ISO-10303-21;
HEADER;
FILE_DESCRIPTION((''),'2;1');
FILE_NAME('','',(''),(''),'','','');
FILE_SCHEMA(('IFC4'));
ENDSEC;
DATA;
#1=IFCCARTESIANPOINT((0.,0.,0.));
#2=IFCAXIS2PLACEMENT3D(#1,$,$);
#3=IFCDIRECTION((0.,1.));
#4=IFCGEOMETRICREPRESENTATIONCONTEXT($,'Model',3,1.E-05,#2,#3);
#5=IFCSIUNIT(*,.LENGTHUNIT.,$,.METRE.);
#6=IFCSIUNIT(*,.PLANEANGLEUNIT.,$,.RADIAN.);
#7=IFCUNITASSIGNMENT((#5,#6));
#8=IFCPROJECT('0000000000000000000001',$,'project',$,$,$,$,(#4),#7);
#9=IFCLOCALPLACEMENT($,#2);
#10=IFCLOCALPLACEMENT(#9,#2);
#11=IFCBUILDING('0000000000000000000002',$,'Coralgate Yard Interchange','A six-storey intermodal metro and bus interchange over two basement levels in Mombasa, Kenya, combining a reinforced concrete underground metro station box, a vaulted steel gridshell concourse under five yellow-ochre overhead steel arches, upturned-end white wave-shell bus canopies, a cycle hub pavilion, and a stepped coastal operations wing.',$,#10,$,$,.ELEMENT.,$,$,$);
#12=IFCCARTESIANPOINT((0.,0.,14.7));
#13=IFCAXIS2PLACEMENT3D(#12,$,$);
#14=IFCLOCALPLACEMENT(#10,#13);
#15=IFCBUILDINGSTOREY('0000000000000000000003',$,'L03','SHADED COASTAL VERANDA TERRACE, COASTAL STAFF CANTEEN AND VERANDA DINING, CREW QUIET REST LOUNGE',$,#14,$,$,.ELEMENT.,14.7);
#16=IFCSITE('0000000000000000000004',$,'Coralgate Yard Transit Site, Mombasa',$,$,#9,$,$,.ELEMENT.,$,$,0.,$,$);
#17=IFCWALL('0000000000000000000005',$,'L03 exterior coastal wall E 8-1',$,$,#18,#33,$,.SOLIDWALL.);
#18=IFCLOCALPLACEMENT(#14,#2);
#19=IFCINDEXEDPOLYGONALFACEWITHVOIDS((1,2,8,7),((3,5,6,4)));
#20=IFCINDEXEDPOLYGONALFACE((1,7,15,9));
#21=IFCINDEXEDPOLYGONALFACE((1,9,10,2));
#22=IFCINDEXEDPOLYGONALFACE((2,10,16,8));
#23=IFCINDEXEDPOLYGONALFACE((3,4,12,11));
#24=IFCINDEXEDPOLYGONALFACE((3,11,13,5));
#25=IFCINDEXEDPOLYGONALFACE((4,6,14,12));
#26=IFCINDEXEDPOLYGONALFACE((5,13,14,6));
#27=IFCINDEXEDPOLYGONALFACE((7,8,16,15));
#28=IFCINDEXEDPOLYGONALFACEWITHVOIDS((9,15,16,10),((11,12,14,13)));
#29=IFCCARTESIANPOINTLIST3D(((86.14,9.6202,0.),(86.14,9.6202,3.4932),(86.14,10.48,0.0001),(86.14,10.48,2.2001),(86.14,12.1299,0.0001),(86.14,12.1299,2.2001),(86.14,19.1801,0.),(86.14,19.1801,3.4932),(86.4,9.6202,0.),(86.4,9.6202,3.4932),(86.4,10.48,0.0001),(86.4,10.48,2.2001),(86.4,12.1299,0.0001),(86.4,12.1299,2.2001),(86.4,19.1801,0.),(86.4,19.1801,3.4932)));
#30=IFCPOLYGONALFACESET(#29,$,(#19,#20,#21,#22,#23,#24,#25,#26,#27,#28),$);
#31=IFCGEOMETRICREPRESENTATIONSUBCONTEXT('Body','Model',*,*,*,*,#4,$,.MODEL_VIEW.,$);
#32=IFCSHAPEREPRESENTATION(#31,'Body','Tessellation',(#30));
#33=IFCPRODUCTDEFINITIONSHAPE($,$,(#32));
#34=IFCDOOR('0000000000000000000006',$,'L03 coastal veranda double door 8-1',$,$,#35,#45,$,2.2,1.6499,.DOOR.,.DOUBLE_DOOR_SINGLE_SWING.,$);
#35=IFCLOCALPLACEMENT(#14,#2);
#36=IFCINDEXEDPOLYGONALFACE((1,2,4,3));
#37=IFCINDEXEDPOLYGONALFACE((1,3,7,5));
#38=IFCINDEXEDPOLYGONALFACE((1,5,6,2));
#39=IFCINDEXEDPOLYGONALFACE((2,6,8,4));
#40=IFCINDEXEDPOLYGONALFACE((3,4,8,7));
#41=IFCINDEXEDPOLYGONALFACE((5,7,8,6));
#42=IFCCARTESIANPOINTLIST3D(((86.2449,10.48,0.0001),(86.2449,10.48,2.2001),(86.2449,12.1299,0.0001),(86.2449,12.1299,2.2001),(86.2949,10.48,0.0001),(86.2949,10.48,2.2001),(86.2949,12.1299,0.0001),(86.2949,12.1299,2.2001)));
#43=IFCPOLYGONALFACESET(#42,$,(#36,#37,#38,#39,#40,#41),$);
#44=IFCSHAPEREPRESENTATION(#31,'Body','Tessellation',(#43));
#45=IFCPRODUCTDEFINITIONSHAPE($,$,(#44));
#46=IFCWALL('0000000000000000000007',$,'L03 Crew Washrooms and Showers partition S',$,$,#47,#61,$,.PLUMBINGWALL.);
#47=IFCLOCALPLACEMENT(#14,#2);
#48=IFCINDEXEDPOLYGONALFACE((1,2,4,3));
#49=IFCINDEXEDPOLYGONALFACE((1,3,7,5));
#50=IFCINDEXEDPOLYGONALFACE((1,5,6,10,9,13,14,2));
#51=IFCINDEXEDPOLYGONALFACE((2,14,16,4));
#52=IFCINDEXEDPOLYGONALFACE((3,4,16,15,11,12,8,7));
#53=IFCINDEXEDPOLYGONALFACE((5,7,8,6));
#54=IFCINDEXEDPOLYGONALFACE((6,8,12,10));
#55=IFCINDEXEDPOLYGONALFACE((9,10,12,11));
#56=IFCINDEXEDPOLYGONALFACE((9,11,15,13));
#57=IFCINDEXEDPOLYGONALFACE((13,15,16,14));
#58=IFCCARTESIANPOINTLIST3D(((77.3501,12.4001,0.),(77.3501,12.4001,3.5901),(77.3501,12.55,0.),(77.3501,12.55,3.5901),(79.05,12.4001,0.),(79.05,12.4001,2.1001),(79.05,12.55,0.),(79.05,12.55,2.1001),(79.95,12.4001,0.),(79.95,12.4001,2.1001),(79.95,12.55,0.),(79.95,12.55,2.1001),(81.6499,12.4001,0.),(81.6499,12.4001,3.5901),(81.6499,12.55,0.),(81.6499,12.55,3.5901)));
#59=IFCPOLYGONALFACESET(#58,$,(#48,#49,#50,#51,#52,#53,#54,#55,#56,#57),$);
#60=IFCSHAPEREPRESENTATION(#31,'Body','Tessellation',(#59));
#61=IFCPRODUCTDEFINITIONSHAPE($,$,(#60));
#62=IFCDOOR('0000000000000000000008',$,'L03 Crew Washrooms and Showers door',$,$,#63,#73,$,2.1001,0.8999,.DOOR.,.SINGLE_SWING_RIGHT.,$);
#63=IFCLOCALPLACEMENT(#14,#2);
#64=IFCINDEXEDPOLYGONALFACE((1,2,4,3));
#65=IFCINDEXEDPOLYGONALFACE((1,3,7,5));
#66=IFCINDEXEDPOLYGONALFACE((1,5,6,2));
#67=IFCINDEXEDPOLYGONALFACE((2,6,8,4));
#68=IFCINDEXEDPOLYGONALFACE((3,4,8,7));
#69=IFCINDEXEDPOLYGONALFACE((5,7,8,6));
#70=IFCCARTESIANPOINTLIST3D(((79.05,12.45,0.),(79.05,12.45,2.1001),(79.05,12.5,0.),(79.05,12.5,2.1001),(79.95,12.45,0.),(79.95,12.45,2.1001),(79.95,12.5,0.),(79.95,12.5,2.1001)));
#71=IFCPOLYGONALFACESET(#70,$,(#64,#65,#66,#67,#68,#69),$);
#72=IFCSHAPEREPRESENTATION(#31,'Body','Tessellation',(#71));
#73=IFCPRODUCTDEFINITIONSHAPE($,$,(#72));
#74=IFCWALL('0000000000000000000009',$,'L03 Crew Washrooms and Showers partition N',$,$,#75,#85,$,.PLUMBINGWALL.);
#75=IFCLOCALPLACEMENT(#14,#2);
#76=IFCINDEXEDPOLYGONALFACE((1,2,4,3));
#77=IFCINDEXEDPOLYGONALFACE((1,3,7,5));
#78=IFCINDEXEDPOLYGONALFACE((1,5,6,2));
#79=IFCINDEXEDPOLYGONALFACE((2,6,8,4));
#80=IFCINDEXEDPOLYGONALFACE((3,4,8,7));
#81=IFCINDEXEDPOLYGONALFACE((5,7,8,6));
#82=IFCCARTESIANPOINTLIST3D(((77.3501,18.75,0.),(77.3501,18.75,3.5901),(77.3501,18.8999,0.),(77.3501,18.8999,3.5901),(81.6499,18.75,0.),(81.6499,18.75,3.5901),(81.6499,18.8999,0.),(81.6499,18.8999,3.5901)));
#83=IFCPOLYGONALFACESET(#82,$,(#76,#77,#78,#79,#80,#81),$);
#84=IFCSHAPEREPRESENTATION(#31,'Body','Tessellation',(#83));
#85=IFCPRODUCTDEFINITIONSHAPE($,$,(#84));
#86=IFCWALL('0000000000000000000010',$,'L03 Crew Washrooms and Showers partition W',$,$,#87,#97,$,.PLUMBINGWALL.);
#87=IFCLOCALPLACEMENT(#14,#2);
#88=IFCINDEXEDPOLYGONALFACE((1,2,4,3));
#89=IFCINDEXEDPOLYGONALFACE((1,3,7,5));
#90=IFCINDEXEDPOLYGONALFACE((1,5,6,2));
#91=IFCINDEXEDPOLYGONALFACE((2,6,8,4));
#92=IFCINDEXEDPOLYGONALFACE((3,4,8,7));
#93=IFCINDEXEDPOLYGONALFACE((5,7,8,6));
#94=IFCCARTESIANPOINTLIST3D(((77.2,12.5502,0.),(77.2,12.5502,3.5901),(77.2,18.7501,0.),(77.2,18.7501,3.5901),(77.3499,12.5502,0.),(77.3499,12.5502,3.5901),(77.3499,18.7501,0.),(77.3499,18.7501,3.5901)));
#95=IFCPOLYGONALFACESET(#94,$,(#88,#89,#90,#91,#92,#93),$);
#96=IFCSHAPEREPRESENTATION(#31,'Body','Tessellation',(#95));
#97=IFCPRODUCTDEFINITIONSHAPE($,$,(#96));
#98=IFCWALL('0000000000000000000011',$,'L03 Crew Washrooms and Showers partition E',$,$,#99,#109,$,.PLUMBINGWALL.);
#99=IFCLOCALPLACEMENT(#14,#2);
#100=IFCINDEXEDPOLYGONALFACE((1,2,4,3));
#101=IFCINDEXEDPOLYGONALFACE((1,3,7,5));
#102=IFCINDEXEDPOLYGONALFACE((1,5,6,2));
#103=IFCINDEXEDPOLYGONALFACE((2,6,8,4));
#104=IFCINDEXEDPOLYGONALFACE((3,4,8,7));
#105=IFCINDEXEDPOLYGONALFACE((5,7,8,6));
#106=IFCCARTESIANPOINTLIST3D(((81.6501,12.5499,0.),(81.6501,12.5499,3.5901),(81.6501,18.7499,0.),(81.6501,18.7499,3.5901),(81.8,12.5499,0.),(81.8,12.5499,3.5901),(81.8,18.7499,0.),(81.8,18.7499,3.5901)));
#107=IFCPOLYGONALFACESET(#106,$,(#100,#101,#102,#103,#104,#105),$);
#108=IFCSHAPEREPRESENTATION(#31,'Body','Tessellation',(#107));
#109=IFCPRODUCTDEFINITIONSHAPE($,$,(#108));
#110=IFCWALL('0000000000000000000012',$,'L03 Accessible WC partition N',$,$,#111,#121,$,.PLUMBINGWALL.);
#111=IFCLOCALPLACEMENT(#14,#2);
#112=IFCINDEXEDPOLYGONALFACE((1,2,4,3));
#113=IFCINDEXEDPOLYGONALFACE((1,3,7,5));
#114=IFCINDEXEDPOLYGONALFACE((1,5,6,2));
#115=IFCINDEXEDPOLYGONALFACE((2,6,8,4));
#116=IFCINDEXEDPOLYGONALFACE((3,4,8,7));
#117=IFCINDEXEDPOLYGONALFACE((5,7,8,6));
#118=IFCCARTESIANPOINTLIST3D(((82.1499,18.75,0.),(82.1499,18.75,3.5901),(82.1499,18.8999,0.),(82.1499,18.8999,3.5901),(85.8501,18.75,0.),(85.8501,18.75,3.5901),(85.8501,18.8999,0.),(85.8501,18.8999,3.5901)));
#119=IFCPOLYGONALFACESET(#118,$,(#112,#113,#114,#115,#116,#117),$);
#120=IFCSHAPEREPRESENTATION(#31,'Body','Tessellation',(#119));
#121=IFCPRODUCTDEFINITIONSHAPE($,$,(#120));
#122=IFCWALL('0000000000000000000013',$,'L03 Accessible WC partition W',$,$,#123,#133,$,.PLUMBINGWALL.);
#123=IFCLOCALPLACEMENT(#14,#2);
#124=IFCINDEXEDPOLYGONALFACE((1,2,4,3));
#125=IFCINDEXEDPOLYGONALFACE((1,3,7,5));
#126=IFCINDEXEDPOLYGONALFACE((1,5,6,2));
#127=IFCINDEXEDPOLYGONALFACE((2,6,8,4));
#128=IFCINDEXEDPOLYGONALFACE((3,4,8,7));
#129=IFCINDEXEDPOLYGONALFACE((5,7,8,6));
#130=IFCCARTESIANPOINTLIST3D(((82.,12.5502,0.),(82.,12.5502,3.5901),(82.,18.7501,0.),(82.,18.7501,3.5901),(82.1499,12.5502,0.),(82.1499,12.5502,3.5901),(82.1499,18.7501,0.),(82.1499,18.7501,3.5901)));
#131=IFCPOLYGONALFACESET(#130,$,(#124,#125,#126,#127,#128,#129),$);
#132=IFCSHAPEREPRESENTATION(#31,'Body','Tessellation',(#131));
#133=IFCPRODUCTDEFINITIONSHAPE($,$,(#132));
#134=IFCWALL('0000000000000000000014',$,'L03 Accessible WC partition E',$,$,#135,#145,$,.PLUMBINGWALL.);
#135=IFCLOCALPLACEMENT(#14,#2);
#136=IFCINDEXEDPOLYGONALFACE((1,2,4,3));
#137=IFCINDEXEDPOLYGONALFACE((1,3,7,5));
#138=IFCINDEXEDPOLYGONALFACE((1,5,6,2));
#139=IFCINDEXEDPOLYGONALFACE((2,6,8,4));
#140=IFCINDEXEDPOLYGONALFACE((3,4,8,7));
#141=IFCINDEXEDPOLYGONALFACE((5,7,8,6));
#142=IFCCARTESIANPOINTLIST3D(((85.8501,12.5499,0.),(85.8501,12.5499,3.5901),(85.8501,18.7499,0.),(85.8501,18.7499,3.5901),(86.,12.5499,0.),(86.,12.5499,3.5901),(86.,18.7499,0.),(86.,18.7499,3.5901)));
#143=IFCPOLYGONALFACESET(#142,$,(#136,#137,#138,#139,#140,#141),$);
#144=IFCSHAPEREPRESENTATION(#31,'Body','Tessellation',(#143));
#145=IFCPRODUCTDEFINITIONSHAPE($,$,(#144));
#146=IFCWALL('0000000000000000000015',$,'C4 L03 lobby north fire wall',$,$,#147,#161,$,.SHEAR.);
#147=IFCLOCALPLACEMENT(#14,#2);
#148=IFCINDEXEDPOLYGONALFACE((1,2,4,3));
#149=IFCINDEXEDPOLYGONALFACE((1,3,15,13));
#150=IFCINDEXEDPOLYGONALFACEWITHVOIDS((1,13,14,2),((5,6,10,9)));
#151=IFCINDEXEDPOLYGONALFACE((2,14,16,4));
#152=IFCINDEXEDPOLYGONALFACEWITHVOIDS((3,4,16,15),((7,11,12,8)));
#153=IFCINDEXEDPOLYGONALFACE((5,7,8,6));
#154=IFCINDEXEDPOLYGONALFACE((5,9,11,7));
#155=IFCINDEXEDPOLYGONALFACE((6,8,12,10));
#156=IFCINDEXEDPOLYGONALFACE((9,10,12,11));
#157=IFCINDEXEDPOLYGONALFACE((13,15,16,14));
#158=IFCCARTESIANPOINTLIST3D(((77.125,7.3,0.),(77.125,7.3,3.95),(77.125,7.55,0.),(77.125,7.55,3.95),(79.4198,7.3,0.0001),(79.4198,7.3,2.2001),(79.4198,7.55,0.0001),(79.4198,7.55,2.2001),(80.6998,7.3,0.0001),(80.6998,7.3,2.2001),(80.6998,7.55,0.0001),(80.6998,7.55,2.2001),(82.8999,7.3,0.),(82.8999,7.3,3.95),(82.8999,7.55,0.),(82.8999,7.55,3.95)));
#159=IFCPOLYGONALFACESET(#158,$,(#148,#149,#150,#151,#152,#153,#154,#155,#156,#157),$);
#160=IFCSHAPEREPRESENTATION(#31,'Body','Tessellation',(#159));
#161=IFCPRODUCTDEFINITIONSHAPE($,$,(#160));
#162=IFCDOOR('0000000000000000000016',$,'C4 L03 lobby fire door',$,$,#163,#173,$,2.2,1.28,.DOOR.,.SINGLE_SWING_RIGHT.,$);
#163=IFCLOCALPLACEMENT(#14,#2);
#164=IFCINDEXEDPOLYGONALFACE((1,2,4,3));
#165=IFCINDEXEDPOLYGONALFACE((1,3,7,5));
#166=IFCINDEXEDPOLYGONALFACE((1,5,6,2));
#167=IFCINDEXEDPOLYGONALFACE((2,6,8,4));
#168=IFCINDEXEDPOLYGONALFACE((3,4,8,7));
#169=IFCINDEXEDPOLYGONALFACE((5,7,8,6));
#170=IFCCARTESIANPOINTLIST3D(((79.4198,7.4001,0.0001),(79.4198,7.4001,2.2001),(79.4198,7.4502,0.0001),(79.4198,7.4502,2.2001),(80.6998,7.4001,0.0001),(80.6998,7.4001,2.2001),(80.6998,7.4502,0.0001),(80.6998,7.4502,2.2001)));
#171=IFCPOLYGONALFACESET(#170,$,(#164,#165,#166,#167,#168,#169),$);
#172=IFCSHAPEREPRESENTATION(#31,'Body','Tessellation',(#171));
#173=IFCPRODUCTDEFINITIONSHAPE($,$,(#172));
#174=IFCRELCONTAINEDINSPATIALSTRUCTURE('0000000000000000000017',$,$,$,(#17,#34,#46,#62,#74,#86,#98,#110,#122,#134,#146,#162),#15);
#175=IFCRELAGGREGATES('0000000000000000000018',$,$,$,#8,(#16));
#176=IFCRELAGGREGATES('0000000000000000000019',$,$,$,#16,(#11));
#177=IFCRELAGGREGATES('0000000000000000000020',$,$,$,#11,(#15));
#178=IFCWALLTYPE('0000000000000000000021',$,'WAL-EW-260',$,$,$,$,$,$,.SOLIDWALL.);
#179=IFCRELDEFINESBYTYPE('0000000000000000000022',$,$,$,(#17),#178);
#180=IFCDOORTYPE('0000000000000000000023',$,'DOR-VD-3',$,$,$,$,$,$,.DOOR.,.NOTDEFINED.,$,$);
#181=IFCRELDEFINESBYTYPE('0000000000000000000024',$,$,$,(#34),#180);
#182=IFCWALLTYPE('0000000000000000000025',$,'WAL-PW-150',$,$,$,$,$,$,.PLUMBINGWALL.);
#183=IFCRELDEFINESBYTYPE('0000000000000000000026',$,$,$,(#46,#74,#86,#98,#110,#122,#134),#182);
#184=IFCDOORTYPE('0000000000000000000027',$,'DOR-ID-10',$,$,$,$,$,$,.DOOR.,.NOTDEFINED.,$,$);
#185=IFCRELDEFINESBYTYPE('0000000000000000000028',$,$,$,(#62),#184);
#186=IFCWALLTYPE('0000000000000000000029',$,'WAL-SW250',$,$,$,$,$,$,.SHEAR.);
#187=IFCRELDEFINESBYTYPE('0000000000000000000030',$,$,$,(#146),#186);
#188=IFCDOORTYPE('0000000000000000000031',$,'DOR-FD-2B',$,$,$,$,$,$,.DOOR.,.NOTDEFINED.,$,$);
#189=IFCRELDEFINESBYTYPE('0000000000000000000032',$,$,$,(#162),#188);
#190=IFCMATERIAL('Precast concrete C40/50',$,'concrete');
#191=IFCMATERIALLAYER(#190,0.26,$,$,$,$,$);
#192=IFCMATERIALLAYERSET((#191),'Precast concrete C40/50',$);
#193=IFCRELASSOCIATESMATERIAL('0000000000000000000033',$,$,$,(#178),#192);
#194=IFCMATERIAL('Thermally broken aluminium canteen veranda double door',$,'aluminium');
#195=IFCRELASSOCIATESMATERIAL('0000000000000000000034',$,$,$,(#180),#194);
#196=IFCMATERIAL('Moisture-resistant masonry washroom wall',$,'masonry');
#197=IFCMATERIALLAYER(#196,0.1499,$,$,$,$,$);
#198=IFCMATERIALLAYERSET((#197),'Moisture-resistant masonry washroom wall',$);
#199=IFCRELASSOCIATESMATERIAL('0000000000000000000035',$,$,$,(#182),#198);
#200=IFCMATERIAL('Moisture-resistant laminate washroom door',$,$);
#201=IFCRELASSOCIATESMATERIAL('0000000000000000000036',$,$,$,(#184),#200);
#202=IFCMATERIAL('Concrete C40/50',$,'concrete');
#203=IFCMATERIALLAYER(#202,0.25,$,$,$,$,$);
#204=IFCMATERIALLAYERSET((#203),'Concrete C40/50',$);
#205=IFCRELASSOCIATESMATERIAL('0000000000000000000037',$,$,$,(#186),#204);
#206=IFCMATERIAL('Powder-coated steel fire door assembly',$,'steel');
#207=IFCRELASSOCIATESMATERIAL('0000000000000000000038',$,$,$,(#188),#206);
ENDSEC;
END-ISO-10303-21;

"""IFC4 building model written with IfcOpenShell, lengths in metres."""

from ifc_helpers import new_model, si_unit, direction, frame, frame_2d, origin, place, context, subcontext, project, spatial, rectangle, extrude, material, layer, layer_set, type_object, element, fill, save


model = new_model("IFC4")

# Units and contexts
model_context = context("Model", 3, precision=1e-05, world=origin(), true_north=direction((0.0, 1.0)))
body_context = subcontext(model_context, "Body", "Model", "MODEL_VIEW")
ifc_project = project(units=[si_unit("LENGTHUNIT", "METRE"), si_unit("PLANEANGLEUNIT", "RADIAN")], contexts=[model_context])

# Site, building, storey
site_placement = place(None, origin())
site = spatial("IfcSite", under=ifc_project, at=site_placement, Name="Coralgate Yard Transit Site, Mombasa", CompositionType="ELEMENT", RefElevation=0.0)
building_placement = place(site_placement, origin())
building = spatial("IfcBuilding", under=site, at=building_placement, Name="Coralgate Yard Interchange", Description="A six-storey intermodal metro and bus interchange over two basement levels in Mombasa, Kenya, combining a reinforced concrete underground metro station box, a vaulted steel gridshell concourse under five yellow-ochre overhead steel arches, upturned-end white wave-shell bus canopies, a cycle hub pavilion, and a stepped coastal operations wing.", CompositionType="ELEMENT")
storey_placement = place(building_placement, frame((0.0, 0.0, 14.7)))
storey = spatial("IfcBuildingStorey", under=building, at=storey_placement, Name="L03", Description="SHADED COASTAL VERANDA TERRACE, COASTAL STAFF CANTEEN AND VERANDA DINING, CREW QUIET REST LOUNGE", CompositionType="ELEMENT", Elevation=14.7)

# Shared definitions
ifc_material_1 = material(Name="Concrete C40/50", Category="concrete")

# Shared definitions
ifc_material_2 = material(Name="Precast concrete C40/50", Category="concrete")
ifc_layer_1 = layer(ifc_material_2, 0.26)
ifc_layer_set_1 = layer_set([ifc_layer_1], Name="Precast concrete C40/50")
wall_type_1 = type_object("IfcWallType", Name="WAL-EW-260", PredefinedType="SOLIDWALL", material=ifc_layer_set_1)

# Walls, openings, doors
wall_1_placement = place(storey_placement, frame((86.27, 19.1799, 0.0), z_axis=(0.0, 0.0, 1.0), x_axis=(0.0, -1.0, 0.0)))
wall_1 = element("IfcWall", 1, at=wall_1_placement, inside=storey, type_object=wall_type_1, Name="L03 exterior coastal wall E 8-1", PredefinedType="SOLIDWALL", context=body_context, shape_type="SweptSolid", body=[
    extrude(rectangle(XDim=9.5598, YDim=0.26, at=frame_2d((4.7798, 0.0))), origin(), (0.0, 0.0, 1.0), 3.4932),
])
opening_1_placement = place(wall_1_placement, frame((7.05, 0.0, 0.0)))
opening_1 = element("IfcOpeningElement", 2, at=opening_1_placement, cuts=wall_1, PredefinedType="OPENING", context=body_context, shape_type="SweptSolid", body=[
    extrude(rectangle(XDim=1.6499, YDim=2.2, at=frame_2d((0.825, 1.1001))), frame((0.0, 0.1399, 0.0), z_axis=(0.0, -1.0, 0.0), x_axis=(1.0, 0.0, 0.0)), (0.0, 0.0, 1.0), 0.28),
])
ifc_material_3 = material(Name="Thermally broken aluminium canteen veranda double door", Category="aluminium")
door_type_1 = type_object("IfcDoorType", Name="DOR-VD-3", OperationType="NOTDEFINED", PredefinedType="DOOR", material=ifc_material_3)
door_1_placement = place(opening_1_placement, origin())
door_1 = element("IfcDoor", 3, at=door_1_placement, inside=storey, type_object=door_type_1, Name="L03 coastal veranda double door 8-1", OperationType="DOUBLE_DOOR_SINGLE_SWING", OverallHeight=2.2, OverallWidth=1.6499, PredefinedType="DOOR", context=body_context, shape_type="SweptSolid", body=[
    extrude(rectangle(XDim=1.6499, YDim=2.2, at=frame_2d((0.825, 1.1001))), frame((0.0, 0.0249, 0.0), z_axis=(0.0, -1.0, 0.0), x_axis=(1.0, 0.0, 0.0)), (0.0, 0.0, 1.0), 0.05),
])
fill(opening_1, door_1)
ifc_material_4 = material(Name="Moisture-resistant masonry washroom wall", Category="masonry")
ifc_layer_2 = layer(ifc_material_4, 0.1499)
ifc_layer_set_2 = layer_set([ifc_layer_2], Name="Moisture-resistant masonry washroom wall")
wall_type_2 = type_object("IfcWallType", Name="WAL-PW-150", PredefinedType="PLUMBINGWALL", material=ifc_layer_set_2)
wall_2_placement = place(storey_placement, frame((81.6499, 12.4751, 0.0), z_axis=(0.0, 0.0, 1.0), x_axis=(-1.0, 0.0, 0.0)))
wall_2 = element("IfcWall", 4, at=wall_2_placement, inside=storey, type_object=wall_type_2, Name="L03 Crew Washrooms and Showers partition S", PredefinedType="PLUMBINGWALL", context=body_context, shape_type="SweptSolid", body=[
    extrude(rectangle(XDim=4.2998, YDim=0.1499, at=frame_2d((2.1499, 0.0))), origin(), (0.0, 0.0, 1.0), 3.5901),
])
opening_2_placement = place(wall_2_placement, frame((1.7, 0.0, 0.0)))
opening_2 = element("IfcOpeningElement", 5, at=opening_2_placement, cuts=wall_2, PredefinedType="OPENING", context=body_context, shape_type="SweptSolid", body=[
    extrude(rectangle(XDim=0.8999, YDim=2.1001, at=frame_2d((0.45, 1.05))), frame((0.0, 0.085, 0.0), z_axis=(0.0, -1.0, 0.0), x_axis=(1.0, 0.0, 0.0)), (0.0, 0.0, 1.0), 0.1699),
])
ifc_material_5 = material(Name="Moisture-resistant laminate washroom door")
door_type_2 = type_object("IfcDoorType", Name="DOR-ID-10", OperationType="NOTDEFINED", PredefinedType="DOOR", material=ifc_material_5)
door_2_placement = place(opening_2_placement, frame((0.8999, 0.0, 0.0), z_axis=(0.0, 0.0, 1.0), x_axis=(-1.0, 0.0, 0.0)))
door_2 = element("IfcDoor", 6, at=door_2_placement, inside=storey, type_object=door_type_2, Name="L03 Crew Washrooms and Showers door", OperationType="SINGLE_SWING_RIGHT", OverallHeight=2.1001, OverallWidth=0.8999, PredefinedType="DOOR", context=body_context, shape_type="SweptSolid", body=[
    extrude(rectangle(XDim=0.8999, YDim=2.1001, at=frame_2d((0.45, 1.05))), frame((0.0, 0.0249, 0.0), z_axis=(0.0, -1.0, 0.0), x_axis=(1.0, 0.0, 0.0)), (0.0, 0.0, 1.0), 0.05),
])
fill(opening_2, door_2)

# Walls
wall_3_placement = place(storey_placement, frame((77.3501, 18.825, 0.0), z_axis=(0.0, 0.0, 1.0), x_axis=(1.0, 0.0, 0.0)))
element("IfcWall", 7, at=wall_3_placement, inside=storey, type_object=wall_type_2, Name="L03 Crew Washrooms and Showers partition N", PredefinedType="PLUMBINGWALL", context=body_context, shape_type="SweptSolid", body=[
    extrude(rectangle(XDim=4.2998, YDim=0.1499, at=frame_2d((2.1499, 0.0))), origin(), (0.0, 0.0, 1.0), 3.5901),
])
for number, where, z_axis, x_axis, name in (
    (8, (77.2749, 12.55, 0.0), (0.0, 0.0, 1.0), (0.0, 1.0, 0.0), "L03 Crew Washrooms and Showers partition W"),
    (9, (81.7251, 18.75, 0.0), (0.0, 0.0, 1.0), (0.0, -1.0, 0.0), "L03 Crew Washrooms and Showers partition E"),
):
    element("IfcWall", number, at=place(storey_placement, frame(where, z_axis=z_axis, x_axis=x_axis)), inside=storey, type_object=wall_type_2, Name=name, PredefinedType="PLUMBINGWALL", context=body_context, shape_type="SweptSolid", body=[
        extrude(rectangle(XDim=6.2, YDim=0.1499, at=frame_2d((3.1001, 0.0))), origin(), (0.0, 0.0, 1.0), 3.5901),
    ])

# Walls
wall_4_placement = place(storey_placement, frame((82.1499, 18.825, 0.0), z_axis=(0.0, 0.0, 1.0), x_axis=(1.0, 0.0, 0.0)))
element("IfcWall", 10, at=wall_4_placement, inside=storey, type_object=wall_type_2, Name="L03 Accessible WC partition N", PredefinedType="PLUMBINGWALL", context=body_context, shape_type="SweptSolid", body=[
    extrude(rectangle(XDim=3.7002, YDim=0.1499, at=frame_2d((1.8501, 0.0))), origin(), (0.0, 0.0, 1.0), 3.5901),
])
for number, where, z_axis, x_axis, name in (
    (11, (82.075, 12.55, 0.0), (0.0, 0.0, 1.0), (0.0, 1.0, 0.0), "L03 Accessible WC partition W"),
    (12, (85.925, 18.75, 0.0), (0.0, 0.0, 1.0), (0.0, -1.0, 0.0), "L03 Accessible WC partition E"),
):
    element("IfcWall", number, at=place(storey_placement, frame(where, z_axis=z_axis, x_axis=x_axis)), inside=storey, type_object=wall_type_2, Name=name, PredefinedType="PLUMBINGWALL", context=body_context, shape_type="SweptSolid", body=[
        extrude(rectangle(XDim=6.2, YDim=0.1499, at=frame_2d((3.1001, 0.0))), origin(), (0.0, 0.0, 1.0), 3.5901),
    ])

# Wall, opening, door
ifc_layer_3 = layer(ifc_material_1, 0.25)
ifc_layer_set_3 = layer_set([ifc_layer_3], Name="Concrete C40/50")
wall_type_3 = type_object("IfcWallType", Name="WAL-SW250", PredefinedType="SHEAR", material=ifc_layer_set_3)
wall_5_placement = place(storey_placement, frame((82.8999, 7.425, 0.0), z_axis=(0.0, 0.0, 1.0), x_axis=(-1.0, 0.0, 0.0)))
wall_5 = element("IfcWall", 13, at=wall_5_placement, inside=storey, type_object=wall_type_3, Name="C4 L03 lobby north fire wall", PredefinedType="SHEAR", context=body_context, shape_type="SweptSolid", body=[
    extrude(rectangle(XDim=5.7749, YDim=0.25, at=frame_2d((2.8875, 0.0))), origin(), (0.0, 0.0, 1.0), 3.95),
])
opening_3_placement = place(wall_5_placement, frame((2.2, 0.0, 0.0)))
opening_3 = element("IfcOpeningElement", 14, at=opening_3_placement, cuts=wall_5, PredefinedType="OPENING", context=body_context, shape_type="SweptSolid", body=[
    extrude(rectangle(XDim=1.28, YDim=2.2, at=frame_2d((0.6401, 1.1001))), frame((0.0, 0.135, 0.0), z_axis=(0.0, -1.0, 0.0), x_axis=(1.0, 0.0, 0.0)), (0.0, 0.0, 1.0), 0.27),
])
ifc_material_6 = material(Name="Powder-coated steel fire door assembly", Category="steel")
door_type_3 = type_object("IfcDoorType", Name="DOR-FD-2B", OperationType="NOTDEFINED", PredefinedType="DOOR", material=ifc_material_6)
door_3_placement = place(opening_3_placement, origin())
door_3 = element("IfcDoor", 15, at=door_3_placement, inside=storey, type_object=door_type_3, Name="C4 L03 lobby fire door", OperationType="SINGLE_SWING_RIGHT", OverallHeight=2.2, OverallWidth=1.28, PredefinedType="DOOR", context=body_context, shape_type="SweptSolid", body=[
    extrude(rectangle(XDim=1.28, YDim=2.2, at=frame_2d((0.6401, 1.1001))), frame((0.0, 0.0249, 0.0), z_axis=(0.0, -1.0, 0.0), x_axis=(1.0, 0.0, 0.0)), (0.0, 0.0, 1.0), 0.05),
])
fill(opening_3, door_3)

save(model, "model.ifc")
